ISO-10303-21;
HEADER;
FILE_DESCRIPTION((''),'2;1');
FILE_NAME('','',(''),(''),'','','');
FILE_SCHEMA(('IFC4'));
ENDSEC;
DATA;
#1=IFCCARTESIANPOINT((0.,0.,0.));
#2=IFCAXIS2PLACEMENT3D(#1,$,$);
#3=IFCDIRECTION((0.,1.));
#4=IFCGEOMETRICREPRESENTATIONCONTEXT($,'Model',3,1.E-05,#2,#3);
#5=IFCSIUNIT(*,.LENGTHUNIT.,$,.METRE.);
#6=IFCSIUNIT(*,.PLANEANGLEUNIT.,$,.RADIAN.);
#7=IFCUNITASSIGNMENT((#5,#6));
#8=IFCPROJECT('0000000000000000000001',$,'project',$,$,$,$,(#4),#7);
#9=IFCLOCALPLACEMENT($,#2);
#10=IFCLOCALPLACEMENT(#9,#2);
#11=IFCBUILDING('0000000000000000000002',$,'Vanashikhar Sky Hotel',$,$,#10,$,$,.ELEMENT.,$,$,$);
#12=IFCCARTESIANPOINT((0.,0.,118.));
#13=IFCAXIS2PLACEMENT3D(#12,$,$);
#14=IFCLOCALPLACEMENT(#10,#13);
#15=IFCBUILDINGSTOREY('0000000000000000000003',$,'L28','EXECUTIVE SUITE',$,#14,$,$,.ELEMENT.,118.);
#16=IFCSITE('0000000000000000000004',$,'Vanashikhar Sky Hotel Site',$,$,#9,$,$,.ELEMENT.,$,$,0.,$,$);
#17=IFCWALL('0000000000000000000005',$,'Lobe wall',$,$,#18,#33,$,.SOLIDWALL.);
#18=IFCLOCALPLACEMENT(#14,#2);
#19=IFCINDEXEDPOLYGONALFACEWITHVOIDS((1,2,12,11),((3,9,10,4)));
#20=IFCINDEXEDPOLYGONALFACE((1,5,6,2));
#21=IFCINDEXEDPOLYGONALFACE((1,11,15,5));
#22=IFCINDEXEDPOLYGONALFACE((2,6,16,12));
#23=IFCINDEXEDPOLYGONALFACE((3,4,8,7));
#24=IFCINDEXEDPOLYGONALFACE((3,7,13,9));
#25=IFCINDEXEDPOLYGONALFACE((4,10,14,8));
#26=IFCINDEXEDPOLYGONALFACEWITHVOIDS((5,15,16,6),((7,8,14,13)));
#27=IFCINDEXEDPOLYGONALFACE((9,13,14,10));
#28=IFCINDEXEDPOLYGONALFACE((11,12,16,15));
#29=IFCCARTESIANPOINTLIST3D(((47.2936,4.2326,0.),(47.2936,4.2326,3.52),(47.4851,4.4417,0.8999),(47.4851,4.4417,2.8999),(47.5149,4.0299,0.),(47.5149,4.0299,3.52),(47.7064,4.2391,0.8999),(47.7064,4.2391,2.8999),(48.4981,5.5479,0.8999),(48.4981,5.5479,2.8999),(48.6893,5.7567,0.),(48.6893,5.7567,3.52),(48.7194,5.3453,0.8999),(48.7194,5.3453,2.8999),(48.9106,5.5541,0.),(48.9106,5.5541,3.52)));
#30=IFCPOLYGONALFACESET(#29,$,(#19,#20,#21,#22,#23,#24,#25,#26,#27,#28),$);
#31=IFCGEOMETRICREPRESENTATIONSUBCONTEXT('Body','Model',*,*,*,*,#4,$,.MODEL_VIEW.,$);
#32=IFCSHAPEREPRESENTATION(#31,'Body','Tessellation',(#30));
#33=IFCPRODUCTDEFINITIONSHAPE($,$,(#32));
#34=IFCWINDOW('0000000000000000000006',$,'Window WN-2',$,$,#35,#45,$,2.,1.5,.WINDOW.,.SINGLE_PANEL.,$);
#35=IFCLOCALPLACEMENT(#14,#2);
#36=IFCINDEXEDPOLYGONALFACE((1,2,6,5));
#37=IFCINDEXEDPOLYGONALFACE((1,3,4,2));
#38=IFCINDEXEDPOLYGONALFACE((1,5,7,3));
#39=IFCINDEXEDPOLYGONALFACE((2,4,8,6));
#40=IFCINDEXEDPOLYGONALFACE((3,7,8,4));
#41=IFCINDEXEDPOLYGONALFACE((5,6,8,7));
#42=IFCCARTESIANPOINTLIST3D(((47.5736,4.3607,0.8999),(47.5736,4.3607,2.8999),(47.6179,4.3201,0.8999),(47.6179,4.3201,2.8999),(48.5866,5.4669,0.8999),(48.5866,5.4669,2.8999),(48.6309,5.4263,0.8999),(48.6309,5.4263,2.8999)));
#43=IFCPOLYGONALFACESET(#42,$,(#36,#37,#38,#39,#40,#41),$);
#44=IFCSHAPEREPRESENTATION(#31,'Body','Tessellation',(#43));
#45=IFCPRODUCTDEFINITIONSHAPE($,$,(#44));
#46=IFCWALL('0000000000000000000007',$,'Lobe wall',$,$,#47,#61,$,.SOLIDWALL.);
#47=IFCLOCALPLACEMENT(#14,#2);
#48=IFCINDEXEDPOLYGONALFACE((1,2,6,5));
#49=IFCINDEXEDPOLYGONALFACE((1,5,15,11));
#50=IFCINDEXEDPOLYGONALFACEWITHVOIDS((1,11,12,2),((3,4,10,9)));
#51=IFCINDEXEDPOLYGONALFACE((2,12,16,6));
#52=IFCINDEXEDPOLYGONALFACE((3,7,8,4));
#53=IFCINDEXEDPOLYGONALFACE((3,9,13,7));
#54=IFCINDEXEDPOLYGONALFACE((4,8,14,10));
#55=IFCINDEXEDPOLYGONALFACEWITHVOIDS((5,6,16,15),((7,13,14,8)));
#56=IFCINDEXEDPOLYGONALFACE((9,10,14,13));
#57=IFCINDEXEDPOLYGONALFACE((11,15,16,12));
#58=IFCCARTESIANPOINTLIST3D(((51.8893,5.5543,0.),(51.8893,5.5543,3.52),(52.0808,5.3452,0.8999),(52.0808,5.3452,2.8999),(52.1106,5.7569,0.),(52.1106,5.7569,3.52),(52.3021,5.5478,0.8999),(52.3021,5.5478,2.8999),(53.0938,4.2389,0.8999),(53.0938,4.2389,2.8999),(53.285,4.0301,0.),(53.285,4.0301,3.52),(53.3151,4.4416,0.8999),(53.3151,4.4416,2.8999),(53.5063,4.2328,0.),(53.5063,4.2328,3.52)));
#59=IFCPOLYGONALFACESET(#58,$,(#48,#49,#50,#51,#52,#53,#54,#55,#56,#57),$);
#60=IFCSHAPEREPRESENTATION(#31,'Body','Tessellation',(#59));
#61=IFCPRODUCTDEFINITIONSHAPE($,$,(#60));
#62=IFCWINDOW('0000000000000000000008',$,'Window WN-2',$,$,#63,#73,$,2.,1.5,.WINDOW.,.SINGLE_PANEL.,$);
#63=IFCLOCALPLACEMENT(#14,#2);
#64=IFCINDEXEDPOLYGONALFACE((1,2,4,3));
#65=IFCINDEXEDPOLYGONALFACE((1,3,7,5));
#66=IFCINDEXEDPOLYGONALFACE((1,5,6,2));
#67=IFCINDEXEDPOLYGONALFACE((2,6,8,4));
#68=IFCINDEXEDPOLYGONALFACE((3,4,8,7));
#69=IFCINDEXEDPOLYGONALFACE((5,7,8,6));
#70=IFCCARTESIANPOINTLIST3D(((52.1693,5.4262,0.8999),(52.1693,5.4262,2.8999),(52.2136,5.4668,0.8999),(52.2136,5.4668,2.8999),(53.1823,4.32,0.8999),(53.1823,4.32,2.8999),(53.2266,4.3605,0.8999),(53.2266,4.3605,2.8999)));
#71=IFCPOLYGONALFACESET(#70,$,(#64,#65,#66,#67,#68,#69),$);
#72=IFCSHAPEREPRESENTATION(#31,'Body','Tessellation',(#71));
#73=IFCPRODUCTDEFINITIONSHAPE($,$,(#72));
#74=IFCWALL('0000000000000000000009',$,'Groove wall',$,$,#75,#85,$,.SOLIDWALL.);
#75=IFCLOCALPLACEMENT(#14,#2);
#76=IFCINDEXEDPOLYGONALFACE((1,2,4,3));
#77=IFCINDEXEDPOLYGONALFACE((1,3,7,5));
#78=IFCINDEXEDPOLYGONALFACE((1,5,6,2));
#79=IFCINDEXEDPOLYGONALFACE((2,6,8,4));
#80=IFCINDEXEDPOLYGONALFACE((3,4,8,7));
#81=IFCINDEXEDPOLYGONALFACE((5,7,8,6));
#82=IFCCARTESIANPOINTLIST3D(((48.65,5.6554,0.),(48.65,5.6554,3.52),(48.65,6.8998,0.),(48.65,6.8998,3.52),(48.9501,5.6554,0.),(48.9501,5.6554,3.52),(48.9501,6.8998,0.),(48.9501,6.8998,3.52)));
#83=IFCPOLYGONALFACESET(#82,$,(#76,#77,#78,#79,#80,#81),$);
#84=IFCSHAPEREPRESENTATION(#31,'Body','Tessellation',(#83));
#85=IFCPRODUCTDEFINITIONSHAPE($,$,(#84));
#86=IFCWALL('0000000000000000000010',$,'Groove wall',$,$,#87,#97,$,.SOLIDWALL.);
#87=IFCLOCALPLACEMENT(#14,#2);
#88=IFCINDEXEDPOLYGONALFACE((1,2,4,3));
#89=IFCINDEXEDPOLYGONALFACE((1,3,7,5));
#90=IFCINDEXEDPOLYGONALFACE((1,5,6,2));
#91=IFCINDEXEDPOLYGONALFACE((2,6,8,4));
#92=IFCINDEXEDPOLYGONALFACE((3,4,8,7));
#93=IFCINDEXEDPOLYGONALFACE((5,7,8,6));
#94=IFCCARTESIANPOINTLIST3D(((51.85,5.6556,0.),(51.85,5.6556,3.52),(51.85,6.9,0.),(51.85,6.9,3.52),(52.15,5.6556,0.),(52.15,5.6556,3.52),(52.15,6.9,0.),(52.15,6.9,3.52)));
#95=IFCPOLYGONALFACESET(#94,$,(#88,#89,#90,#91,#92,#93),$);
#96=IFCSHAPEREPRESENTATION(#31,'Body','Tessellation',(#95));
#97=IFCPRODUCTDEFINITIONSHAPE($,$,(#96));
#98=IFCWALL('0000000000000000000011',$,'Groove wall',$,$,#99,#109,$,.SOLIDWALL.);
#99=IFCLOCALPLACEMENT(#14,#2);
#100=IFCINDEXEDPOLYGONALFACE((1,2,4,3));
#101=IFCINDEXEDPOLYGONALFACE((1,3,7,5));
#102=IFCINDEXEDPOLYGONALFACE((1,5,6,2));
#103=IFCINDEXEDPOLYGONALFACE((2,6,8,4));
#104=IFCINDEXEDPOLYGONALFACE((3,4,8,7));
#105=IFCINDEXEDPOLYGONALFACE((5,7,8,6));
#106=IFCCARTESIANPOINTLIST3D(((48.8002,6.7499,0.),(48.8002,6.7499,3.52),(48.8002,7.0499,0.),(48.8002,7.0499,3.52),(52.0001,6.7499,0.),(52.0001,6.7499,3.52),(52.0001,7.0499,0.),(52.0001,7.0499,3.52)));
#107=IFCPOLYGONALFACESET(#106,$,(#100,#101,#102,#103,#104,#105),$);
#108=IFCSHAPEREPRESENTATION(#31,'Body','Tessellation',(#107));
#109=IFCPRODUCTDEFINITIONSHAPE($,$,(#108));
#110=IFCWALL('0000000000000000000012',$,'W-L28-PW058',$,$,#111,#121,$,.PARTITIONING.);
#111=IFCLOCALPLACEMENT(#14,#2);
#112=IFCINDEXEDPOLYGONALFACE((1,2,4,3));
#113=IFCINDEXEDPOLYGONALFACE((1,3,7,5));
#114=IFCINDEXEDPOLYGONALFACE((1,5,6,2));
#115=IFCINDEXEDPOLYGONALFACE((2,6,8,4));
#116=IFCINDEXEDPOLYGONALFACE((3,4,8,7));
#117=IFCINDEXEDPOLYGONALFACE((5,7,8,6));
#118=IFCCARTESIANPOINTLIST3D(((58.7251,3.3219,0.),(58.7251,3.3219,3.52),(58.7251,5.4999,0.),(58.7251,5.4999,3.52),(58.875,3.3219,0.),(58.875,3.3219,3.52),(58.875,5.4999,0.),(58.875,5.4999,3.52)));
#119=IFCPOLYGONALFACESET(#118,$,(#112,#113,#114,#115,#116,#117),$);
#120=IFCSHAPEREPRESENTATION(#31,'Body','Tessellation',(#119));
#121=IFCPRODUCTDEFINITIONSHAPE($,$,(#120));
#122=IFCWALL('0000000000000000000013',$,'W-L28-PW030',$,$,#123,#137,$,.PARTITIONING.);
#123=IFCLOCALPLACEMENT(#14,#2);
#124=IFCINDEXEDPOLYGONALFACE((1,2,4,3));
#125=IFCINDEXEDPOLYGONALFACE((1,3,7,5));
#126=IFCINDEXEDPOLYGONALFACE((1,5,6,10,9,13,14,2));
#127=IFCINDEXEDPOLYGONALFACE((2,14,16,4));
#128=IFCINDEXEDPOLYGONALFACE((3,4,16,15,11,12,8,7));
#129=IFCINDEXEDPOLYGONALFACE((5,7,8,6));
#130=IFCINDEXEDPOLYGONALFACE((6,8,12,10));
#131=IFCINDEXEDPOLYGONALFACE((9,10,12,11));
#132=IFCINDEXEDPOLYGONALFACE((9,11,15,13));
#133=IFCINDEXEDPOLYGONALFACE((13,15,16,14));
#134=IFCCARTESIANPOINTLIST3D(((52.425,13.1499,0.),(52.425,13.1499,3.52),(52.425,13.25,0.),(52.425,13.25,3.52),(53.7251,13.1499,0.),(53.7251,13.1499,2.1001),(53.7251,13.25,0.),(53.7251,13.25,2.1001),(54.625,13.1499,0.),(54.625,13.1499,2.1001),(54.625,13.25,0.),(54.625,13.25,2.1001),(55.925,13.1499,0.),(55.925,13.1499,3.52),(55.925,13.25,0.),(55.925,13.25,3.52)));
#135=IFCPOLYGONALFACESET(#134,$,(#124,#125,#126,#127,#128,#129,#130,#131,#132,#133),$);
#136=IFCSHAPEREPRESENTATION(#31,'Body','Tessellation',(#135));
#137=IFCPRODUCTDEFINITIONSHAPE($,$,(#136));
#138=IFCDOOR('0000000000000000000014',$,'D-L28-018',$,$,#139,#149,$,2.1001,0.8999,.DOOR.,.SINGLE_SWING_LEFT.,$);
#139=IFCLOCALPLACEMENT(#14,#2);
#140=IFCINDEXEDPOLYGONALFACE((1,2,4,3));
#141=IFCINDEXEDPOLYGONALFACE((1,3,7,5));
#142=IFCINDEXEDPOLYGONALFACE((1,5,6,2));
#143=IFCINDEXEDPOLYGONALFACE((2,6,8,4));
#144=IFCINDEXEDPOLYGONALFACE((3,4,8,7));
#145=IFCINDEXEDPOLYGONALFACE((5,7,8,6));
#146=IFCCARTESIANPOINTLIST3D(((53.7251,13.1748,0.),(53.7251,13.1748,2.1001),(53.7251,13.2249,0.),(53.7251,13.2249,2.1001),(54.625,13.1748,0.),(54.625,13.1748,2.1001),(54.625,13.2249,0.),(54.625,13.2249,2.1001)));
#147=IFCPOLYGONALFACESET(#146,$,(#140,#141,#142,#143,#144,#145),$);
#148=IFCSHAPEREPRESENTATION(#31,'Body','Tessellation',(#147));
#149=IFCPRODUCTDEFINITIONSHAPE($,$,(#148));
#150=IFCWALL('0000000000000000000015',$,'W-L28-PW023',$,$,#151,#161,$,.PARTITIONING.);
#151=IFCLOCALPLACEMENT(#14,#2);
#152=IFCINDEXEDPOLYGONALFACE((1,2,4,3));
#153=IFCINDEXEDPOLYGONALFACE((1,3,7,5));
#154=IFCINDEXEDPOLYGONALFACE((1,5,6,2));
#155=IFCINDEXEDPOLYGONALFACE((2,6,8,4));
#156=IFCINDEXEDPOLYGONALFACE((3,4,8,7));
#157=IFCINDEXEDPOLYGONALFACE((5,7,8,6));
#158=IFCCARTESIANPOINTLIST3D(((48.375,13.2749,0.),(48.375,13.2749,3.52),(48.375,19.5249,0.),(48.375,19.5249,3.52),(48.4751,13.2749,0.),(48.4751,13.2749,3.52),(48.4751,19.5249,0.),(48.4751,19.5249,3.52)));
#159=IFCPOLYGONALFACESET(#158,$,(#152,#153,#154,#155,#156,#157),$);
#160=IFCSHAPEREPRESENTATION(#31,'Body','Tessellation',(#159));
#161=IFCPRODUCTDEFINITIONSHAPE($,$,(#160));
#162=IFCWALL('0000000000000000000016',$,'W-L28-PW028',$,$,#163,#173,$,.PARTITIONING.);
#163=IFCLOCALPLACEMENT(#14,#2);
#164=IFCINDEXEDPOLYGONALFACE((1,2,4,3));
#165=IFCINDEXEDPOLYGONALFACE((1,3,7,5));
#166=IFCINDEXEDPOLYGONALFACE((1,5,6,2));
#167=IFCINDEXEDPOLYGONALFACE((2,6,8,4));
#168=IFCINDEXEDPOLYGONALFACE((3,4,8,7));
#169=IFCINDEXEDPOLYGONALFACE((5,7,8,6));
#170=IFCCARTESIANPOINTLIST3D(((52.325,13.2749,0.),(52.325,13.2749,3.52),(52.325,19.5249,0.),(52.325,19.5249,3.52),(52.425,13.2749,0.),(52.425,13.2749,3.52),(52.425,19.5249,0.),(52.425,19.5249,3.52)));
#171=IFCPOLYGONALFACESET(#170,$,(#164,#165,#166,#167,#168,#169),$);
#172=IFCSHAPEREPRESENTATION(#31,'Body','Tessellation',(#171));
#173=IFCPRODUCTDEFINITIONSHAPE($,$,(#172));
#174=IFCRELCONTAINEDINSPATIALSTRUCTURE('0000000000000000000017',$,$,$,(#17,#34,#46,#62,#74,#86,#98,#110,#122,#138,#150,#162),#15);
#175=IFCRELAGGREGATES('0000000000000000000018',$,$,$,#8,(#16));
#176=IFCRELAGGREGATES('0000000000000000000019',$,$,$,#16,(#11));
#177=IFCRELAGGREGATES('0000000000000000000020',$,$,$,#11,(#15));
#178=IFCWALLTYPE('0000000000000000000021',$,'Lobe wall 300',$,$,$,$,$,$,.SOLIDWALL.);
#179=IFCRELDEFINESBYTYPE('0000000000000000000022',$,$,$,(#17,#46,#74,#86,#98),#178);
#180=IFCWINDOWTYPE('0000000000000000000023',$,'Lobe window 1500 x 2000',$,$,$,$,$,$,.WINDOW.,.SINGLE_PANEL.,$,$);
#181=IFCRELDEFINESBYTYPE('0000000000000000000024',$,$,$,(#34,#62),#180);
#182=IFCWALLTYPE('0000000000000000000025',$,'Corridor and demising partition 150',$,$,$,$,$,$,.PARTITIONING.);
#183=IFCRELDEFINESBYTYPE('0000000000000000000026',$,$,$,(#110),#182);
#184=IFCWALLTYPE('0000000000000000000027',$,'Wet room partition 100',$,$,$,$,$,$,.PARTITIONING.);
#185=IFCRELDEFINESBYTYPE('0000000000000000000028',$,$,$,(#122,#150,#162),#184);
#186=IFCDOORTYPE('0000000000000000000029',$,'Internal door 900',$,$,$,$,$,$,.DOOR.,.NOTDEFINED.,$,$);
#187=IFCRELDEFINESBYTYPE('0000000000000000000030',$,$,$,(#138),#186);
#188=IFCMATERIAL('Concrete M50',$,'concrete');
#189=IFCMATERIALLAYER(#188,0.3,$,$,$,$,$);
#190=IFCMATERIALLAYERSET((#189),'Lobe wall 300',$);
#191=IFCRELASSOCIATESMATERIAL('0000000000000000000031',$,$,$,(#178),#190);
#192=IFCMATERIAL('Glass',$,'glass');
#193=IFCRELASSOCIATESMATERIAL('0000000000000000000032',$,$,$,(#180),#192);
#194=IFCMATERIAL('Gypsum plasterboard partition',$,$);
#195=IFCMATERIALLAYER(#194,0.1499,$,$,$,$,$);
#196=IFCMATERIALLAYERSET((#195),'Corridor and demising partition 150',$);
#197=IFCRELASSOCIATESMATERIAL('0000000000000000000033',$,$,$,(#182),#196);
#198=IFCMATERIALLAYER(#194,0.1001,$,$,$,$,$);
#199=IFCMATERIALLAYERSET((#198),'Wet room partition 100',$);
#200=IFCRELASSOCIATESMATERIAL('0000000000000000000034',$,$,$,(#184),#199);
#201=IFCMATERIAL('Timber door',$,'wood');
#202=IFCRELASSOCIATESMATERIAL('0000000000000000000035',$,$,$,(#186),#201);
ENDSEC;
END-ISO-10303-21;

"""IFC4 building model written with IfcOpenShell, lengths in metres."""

from ifc_helpers import new_model, si_unit, direction, frame, frame_2d, origin, place, context, subcontext, project, spatial, rectangle, extrude, source, transform, mapped, material, layer, layer_set, type_object, element, fill, save


model = new_model("IFC4")

# Units and contexts
model_context = context("Model", 3, precision=1e-05, world=origin(), true_north=direction((0.0, 1.0)))
body_context = subcontext(model_context, "Body", "Model", "MODEL_VIEW")
ifc_project = project(units=[si_unit("LENGTHUNIT", "METRE"), si_unit("PLANEANGLEUNIT", "RADIAN")], contexts=[model_context])

# Site, building, storey
site_placement = place(None, origin())
site = spatial("IfcSite", under=ifc_project, at=site_placement, Name="Vanashikhar Sky Hotel Site", CompositionType="ELEMENT", RefElevation=0.0)
building_placement = place(site_placement, origin())
building = spatial("IfcBuilding", under=site, at=building_placement, Name="Vanashikhar Sky Hotel", CompositionType="ELEMENT")
storey_placement = place(building_placement, frame((0.0, 0.0, 118.0)))
storey = spatial("IfcBuildingStorey", under=building, at=storey_placement, Name="L28", Description="EXECUTIVE SUITE", CompositionType="ELEMENT", Elevation=118.0)

# Shared definitions
ifc_material_1 = material(Name="Concrete M50", Category="concrete")

# Walls, openings, windows
ifc_layer_1 = layer(ifc_material_1, 0.3)
ifc_layer_set_1 = layer_set([ifc_layer_1], Name="Lobe wall 300")
wall_type_1 = type_object("IfcWallType", Name="Lobe wall 300", PredefinedType="SOLIDWALL", material=ifc_layer_set_1)
shared_shape_1 = source(origin(), body_context, "Body", "SweptSolid", [
    extrude(rectangle(XDim=1.5, YDim=2.0, at=frame_2d((0.75, 1.0))), frame((0.0, 0.1602, 0.0), z_axis=(0.0, -1.0, 0.0), x_axis=(1.0, 0.0, 0.0)), (0.0, 0.0, 1.0), 0.3201),
])
ifc_material_2 = material(Name="Glass", Category="glass")
window_type = type_object("IfcWindowType", Name="Lobe window 1500 x 2000", PartitioningType="SINGLE_PANEL", PredefinedType="WINDOW", material=ifc_material_2)
shared_shape_2 = source(origin(), body_context, "Body", "SweptSolid", [
    extrude(rectangle(XDim=1.5, YDim=2.0, at=frame_2d((0.75, 1.0))), frame((0.0, 0.03, 0.0), z_axis=(0.0, -1.0, 0.0), x_axis=(1.0, 0.0, 0.0)), (0.0, 0.0, 1.0), 0.0601),
])
shared_shape_3 = source(origin(), body_context, "Body", "SweptSolid", [
    extrude(rectangle(XDim=2.0667, YDim=0.3, at=frame_2d((1.0332, 0.0))), origin(), (0.0, 0.0, 1.0), 3.52),
])
wall_1_placement = place(storey_placement, frame((47.4043, 4.1313, 0.0), z_axis=(0.0, 0.0, 1.0), x_axis=(0.675355, 0.737492, 0.0)))
wall_1 = element("IfcWall", 1, at=wall_1_placement, inside=storey, type_object=wall_type_1, Name="Lobe wall", PredefinedType="SOLIDWALL", context=body_context, shape_type="MappedRepresentation", body=[
    mapped(shared_shape_3, transform((0.0, 0.0, 0.0), scale=1.0)),
])
opening_1_placement = place(wall_1_placement, frame((0.2834, 0.0, 0.8999)))
opening_1 = element("IfcOpeningElement", 2, at=opening_1_placement, cuts=wall_1, PredefinedType="OPENING", context=body_context, shape_type="MappedRepresentation", body=[
    mapped(shared_shape_1, transform((0.0, 0.0, 0.0), scale=1.0)),
])
window_1_placement = place(opening_1_placement, origin())
window_1 = element("IfcWindow", 3, at=window_1_placement, inside=storey, type_object=window_type, Name="Window WN-2", OverallHeight=2.0, OverallWidth=1.5, PartitioningType="SINGLE_PANEL", PredefinedType="WINDOW", context=body_context, shape_type="MappedRepresentation", body=[
    mapped(shared_shape_2, transform((0.0, 0.0, 0.0), scale=1.0)),
])
fill(opening_1, window_1)
wall_2_placement = place(storey_placement, frame((52.0, 5.6555, 0.0), z_axis=(0.0, 0.0, 1.0), x_axis=(0.675355, -0.737492, 0.0)))
wall_2 = element("IfcWall", 4, at=wall_2_placement, inside=storey, type_object=wall_type_1, Name="Lobe wall", PredefinedType="SOLIDWALL", context=body_context, shape_type="MappedRepresentation", body=[
    mapped(shared_shape_3, transform((0.0, 0.0, 0.0), scale=1.0)),
])
opening_2_placement = place(wall_2_placement, frame((0.2834, 0.0, 0.8999)))
opening_2 = element("IfcOpeningElement", 5, at=opening_2_placement, cuts=wall_2, PredefinedType="OPENING", context=body_context, shape_type="MappedRepresentation", body=[
    mapped(shared_shape_1, transform((0.0, 0.0, 0.0), scale=1.0)),
])
window_2_placement = place(opening_2_placement, origin())
window_2 = element("IfcWindow", 6, at=window_2_placement, inside=storey, type_object=window_type, Name="Window WN-2", OverallHeight=2.0, OverallWidth=1.5, PartitioningType="SINGLE_PANEL", PredefinedType="WINDOW", context=body_context, shape_type="MappedRepresentation", body=[
    mapped(shared_shape_2, transform((0.0, 0.0, 0.0), scale=1.0)),
])
fill(opening_2, window_2)

# Walls
shared_shape_4 = source(origin(), body_context, "Body", "SweptSolid", [
    extrude(rectangle(XDim=1.2444, YDim=0.3, at=frame_2d((0.6221, 0.0))), origin(), (0.0, 0.0, 1.0), 3.52),
])
for number, where, z_axis, x_axis, name in (
    (7, (48.8, 5.6555, 0.0), (0.0, 0.0, 1.0), (0.0, 1.0, 0.0), "Groove wall"),
    (8, (52.0, 6.8999, 0.0), (0.0, 0.0, 1.0), (0.0, -1.0, 0.0), "Groove wall"),
):
    element("IfcWall", number, at=place(storey_placement, frame(where, z_axis=z_axis, x_axis=x_axis)), inside=storey, type_object=wall_type_1, Name=name, PredefinedType="SOLIDWALL", context=body_context, shape_type="MappedRepresentation", body=[
        mapped(shared_shape_4, transform((0.0, 0.0, 0.0), scale=1.0)),
    ])
shared_shape_5 = source(origin(), body_context, "Body", "SweptSolid", [
    extrude(rectangle(XDim=3.2, YDim=0.3, at=frame_2d((1.6001, 0.0))), origin(), (0.0, 0.0, 1.0), 3.52),
])
wall_3_placement = place(storey_placement, frame((48.8, 6.8999, 0.0), z_axis=(0.0, 0.0, 1.0), x_axis=(1.0, 0.0, 0.0)))
element("IfcWall", 9, at=wall_3_placement, inside=storey, type_object=wall_type_1, Name="Groove wall", PredefinedType="SOLIDWALL", context=body_context, shape_type="MappedRepresentation", body=[
    mapped(shared_shape_5, transform((0.0, 0.0, 0.0), scale=1.0)),
])
ifc_material_3 = material(Name="Gypsum plasterboard partition")
ifc_layer_2 = layer(ifc_material_3, 0.1499)
ifc_layer_set_2 = layer_set([ifc_layer_2], Name="Corridor and demising partition 150")
wall_type_2 = type_object("IfcWallType", Name="Corridor and demising partition 150", PredefinedType="PARTITIONING", material=ifc_layer_set_2)
shared_shape_6 = source(origin(), body_context, "Body", "SweptSolid", [
    extrude(rectangle(XDim=2.178, YDim=0.1499, at=frame_2d((1.0889, 0.0))), origin(), (0.0, 0.0, 1.0), 3.52),
])
wall_4_placement = place(storey_placement, frame((58.8, 3.322, 0.0), z_axis=(0.0, 0.0, 1.0), x_axis=(0.0, 1.0, 0.0)))
element("IfcWall", 10, at=wall_4_placement, inside=storey, type_object=wall_type_2, Name="W-L28-PW058", PredefinedType="PARTITIONING", context=body_context, shape_type="MappedRepresentation", body=[
    mapped(shared_shape_6, transform((0.0, 0.0, 0.0), scale=1.0)),
])

# Wall, opening, door
ifc_layer_3 = layer(ifc_material_3, 0.1001)
ifc_layer_set_3 = layer_set([ifc_layer_3], Name="Wet room partition 100")
wall_type_3 = type_object("IfcWallType", Name="Wet room partition 100", PredefinedType="PARTITIONING", material=ifc_layer_set_3)
shared_shape_7 = source(origin(), body_context, "Body", "SweptSolid", [
    extrude(rectangle(XDim=3.5, YDim=0.1001, at=frame_2d((1.75, 0.0))), origin(), (0.0, 0.0, 1.0), 3.52),
])
wall_5_placement = place(storey_placement, frame((52.425, 13.2, 0.0), z_axis=(0.0, 0.0, 1.0), x_axis=(1.0, 0.0, 0.0)))
wall_5 = element("IfcWall", 11, at=wall_5_placement, inside=storey, type_object=wall_type_3, Name="W-L28-PW030", PredefinedType="PARTITIONING", context=body_context, shape_type="MappedRepresentation", body=[
    mapped(shared_shape_7, transform((0.0, 0.0, 0.0), scale=1.0)),
])
shared_shape_8 = source(origin(), body_context, "Body", "SweptSolid", [
    extrude(rectangle(XDim=0.8999, YDim=2.1001, at=frame_2d((0.45, 1.05))), frame((0.0, 0.0601, 0.0), z_axis=(0.0, -1.0, 0.0), x_axis=(1.0, 0.0, 0.0)), (0.0, 0.0, 1.0), 0.1201),
])
opening_3_placement = place(wall_5_placement, frame((1.3, 0.0, 0.0)))
opening_3 = element("IfcOpeningElement", 12, at=opening_3_placement, cuts=wall_5, PredefinedType="OPENING", context=body_context, shape_type="MappedRepresentation", body=[
    mapped(shared_shape_8, transform((0.0, 0.0, 0.0), scale=1.0)),
])
ifc_material_4 = material(Name="Timber door", Category="wood")
door_type = type_object("IfcDoorType", Name="Internal door 900", OperationType="NOTDEFINED", PredefinedType="DOOR", material=ifc_material_4)
shared_shape_9 = source(origin(), body_context, "Body", "SweptSolid", [
    extrude(rectangle(XDim=0.8999, YDim=2.1001, at=frame_2d((0.45, 1.05))), frame((0.0, 0.0249, 0.0), z_axis=(0.0, -1.0, 0.0), x_axis=(1.0, 0.0, 0.0)), (0.0, 0.0, 1.0), 0.05),
])
door_1_placement = place(opening_3_placement, origin())
door_1 = element("IfcDoor", 13, at=door_1_placement, inside=storey, type_object=door_type, Name="D-L28-018", OperationType="SINGLE_SWING_LEFT", OverallHeight=2.1001, OverallWidth=0.8999, PredefinedType="DOOR", context=body_context, shape_type="MappedRepresentation", body=[
    mapped(shared_shape_9, transform((0.0, 0.0, 0.0), scale=1.0)),
])
fill(opening_3, door_1)

# Walls
shared_shape_10 = source(origin(), body_context, "Body", "SweptSolid", [
    extrude(rectangle(XDim=6.25, YDim=0.1001, at=frame_2d((3.125, 0.0))), origin(), (0.0, 0.0, 1.0), 3.52),
])
for number, where, z_axis, x_axis, name in (
    (14, (48.425, 13.2749, 0.0), (0.0, 0.0, 1.0), (0.0, 1.0, 0.0), "W-L28-PW023"),
    (15, (52.375, 13.2749, 0.0), (0.0, 0.0, 1.0), (0.0, 1.0, 0.0), "W-L28-PW028"),
):
    element("IfcWall", number, at=place(storey_placement, frame(where, z_axis=z_axis, x_axis=x_axis)), inside=storey, type_object=wall_type_3, Name=name, PredefinedType="PARTITIONING", context=body_context, shape_type="MappedRepresentation", body=[
        mapped(shared_shape_10, transform((0.0, 0.0, 0.0), scale=1.0)),
    ])

save(model, "model.ifc")
